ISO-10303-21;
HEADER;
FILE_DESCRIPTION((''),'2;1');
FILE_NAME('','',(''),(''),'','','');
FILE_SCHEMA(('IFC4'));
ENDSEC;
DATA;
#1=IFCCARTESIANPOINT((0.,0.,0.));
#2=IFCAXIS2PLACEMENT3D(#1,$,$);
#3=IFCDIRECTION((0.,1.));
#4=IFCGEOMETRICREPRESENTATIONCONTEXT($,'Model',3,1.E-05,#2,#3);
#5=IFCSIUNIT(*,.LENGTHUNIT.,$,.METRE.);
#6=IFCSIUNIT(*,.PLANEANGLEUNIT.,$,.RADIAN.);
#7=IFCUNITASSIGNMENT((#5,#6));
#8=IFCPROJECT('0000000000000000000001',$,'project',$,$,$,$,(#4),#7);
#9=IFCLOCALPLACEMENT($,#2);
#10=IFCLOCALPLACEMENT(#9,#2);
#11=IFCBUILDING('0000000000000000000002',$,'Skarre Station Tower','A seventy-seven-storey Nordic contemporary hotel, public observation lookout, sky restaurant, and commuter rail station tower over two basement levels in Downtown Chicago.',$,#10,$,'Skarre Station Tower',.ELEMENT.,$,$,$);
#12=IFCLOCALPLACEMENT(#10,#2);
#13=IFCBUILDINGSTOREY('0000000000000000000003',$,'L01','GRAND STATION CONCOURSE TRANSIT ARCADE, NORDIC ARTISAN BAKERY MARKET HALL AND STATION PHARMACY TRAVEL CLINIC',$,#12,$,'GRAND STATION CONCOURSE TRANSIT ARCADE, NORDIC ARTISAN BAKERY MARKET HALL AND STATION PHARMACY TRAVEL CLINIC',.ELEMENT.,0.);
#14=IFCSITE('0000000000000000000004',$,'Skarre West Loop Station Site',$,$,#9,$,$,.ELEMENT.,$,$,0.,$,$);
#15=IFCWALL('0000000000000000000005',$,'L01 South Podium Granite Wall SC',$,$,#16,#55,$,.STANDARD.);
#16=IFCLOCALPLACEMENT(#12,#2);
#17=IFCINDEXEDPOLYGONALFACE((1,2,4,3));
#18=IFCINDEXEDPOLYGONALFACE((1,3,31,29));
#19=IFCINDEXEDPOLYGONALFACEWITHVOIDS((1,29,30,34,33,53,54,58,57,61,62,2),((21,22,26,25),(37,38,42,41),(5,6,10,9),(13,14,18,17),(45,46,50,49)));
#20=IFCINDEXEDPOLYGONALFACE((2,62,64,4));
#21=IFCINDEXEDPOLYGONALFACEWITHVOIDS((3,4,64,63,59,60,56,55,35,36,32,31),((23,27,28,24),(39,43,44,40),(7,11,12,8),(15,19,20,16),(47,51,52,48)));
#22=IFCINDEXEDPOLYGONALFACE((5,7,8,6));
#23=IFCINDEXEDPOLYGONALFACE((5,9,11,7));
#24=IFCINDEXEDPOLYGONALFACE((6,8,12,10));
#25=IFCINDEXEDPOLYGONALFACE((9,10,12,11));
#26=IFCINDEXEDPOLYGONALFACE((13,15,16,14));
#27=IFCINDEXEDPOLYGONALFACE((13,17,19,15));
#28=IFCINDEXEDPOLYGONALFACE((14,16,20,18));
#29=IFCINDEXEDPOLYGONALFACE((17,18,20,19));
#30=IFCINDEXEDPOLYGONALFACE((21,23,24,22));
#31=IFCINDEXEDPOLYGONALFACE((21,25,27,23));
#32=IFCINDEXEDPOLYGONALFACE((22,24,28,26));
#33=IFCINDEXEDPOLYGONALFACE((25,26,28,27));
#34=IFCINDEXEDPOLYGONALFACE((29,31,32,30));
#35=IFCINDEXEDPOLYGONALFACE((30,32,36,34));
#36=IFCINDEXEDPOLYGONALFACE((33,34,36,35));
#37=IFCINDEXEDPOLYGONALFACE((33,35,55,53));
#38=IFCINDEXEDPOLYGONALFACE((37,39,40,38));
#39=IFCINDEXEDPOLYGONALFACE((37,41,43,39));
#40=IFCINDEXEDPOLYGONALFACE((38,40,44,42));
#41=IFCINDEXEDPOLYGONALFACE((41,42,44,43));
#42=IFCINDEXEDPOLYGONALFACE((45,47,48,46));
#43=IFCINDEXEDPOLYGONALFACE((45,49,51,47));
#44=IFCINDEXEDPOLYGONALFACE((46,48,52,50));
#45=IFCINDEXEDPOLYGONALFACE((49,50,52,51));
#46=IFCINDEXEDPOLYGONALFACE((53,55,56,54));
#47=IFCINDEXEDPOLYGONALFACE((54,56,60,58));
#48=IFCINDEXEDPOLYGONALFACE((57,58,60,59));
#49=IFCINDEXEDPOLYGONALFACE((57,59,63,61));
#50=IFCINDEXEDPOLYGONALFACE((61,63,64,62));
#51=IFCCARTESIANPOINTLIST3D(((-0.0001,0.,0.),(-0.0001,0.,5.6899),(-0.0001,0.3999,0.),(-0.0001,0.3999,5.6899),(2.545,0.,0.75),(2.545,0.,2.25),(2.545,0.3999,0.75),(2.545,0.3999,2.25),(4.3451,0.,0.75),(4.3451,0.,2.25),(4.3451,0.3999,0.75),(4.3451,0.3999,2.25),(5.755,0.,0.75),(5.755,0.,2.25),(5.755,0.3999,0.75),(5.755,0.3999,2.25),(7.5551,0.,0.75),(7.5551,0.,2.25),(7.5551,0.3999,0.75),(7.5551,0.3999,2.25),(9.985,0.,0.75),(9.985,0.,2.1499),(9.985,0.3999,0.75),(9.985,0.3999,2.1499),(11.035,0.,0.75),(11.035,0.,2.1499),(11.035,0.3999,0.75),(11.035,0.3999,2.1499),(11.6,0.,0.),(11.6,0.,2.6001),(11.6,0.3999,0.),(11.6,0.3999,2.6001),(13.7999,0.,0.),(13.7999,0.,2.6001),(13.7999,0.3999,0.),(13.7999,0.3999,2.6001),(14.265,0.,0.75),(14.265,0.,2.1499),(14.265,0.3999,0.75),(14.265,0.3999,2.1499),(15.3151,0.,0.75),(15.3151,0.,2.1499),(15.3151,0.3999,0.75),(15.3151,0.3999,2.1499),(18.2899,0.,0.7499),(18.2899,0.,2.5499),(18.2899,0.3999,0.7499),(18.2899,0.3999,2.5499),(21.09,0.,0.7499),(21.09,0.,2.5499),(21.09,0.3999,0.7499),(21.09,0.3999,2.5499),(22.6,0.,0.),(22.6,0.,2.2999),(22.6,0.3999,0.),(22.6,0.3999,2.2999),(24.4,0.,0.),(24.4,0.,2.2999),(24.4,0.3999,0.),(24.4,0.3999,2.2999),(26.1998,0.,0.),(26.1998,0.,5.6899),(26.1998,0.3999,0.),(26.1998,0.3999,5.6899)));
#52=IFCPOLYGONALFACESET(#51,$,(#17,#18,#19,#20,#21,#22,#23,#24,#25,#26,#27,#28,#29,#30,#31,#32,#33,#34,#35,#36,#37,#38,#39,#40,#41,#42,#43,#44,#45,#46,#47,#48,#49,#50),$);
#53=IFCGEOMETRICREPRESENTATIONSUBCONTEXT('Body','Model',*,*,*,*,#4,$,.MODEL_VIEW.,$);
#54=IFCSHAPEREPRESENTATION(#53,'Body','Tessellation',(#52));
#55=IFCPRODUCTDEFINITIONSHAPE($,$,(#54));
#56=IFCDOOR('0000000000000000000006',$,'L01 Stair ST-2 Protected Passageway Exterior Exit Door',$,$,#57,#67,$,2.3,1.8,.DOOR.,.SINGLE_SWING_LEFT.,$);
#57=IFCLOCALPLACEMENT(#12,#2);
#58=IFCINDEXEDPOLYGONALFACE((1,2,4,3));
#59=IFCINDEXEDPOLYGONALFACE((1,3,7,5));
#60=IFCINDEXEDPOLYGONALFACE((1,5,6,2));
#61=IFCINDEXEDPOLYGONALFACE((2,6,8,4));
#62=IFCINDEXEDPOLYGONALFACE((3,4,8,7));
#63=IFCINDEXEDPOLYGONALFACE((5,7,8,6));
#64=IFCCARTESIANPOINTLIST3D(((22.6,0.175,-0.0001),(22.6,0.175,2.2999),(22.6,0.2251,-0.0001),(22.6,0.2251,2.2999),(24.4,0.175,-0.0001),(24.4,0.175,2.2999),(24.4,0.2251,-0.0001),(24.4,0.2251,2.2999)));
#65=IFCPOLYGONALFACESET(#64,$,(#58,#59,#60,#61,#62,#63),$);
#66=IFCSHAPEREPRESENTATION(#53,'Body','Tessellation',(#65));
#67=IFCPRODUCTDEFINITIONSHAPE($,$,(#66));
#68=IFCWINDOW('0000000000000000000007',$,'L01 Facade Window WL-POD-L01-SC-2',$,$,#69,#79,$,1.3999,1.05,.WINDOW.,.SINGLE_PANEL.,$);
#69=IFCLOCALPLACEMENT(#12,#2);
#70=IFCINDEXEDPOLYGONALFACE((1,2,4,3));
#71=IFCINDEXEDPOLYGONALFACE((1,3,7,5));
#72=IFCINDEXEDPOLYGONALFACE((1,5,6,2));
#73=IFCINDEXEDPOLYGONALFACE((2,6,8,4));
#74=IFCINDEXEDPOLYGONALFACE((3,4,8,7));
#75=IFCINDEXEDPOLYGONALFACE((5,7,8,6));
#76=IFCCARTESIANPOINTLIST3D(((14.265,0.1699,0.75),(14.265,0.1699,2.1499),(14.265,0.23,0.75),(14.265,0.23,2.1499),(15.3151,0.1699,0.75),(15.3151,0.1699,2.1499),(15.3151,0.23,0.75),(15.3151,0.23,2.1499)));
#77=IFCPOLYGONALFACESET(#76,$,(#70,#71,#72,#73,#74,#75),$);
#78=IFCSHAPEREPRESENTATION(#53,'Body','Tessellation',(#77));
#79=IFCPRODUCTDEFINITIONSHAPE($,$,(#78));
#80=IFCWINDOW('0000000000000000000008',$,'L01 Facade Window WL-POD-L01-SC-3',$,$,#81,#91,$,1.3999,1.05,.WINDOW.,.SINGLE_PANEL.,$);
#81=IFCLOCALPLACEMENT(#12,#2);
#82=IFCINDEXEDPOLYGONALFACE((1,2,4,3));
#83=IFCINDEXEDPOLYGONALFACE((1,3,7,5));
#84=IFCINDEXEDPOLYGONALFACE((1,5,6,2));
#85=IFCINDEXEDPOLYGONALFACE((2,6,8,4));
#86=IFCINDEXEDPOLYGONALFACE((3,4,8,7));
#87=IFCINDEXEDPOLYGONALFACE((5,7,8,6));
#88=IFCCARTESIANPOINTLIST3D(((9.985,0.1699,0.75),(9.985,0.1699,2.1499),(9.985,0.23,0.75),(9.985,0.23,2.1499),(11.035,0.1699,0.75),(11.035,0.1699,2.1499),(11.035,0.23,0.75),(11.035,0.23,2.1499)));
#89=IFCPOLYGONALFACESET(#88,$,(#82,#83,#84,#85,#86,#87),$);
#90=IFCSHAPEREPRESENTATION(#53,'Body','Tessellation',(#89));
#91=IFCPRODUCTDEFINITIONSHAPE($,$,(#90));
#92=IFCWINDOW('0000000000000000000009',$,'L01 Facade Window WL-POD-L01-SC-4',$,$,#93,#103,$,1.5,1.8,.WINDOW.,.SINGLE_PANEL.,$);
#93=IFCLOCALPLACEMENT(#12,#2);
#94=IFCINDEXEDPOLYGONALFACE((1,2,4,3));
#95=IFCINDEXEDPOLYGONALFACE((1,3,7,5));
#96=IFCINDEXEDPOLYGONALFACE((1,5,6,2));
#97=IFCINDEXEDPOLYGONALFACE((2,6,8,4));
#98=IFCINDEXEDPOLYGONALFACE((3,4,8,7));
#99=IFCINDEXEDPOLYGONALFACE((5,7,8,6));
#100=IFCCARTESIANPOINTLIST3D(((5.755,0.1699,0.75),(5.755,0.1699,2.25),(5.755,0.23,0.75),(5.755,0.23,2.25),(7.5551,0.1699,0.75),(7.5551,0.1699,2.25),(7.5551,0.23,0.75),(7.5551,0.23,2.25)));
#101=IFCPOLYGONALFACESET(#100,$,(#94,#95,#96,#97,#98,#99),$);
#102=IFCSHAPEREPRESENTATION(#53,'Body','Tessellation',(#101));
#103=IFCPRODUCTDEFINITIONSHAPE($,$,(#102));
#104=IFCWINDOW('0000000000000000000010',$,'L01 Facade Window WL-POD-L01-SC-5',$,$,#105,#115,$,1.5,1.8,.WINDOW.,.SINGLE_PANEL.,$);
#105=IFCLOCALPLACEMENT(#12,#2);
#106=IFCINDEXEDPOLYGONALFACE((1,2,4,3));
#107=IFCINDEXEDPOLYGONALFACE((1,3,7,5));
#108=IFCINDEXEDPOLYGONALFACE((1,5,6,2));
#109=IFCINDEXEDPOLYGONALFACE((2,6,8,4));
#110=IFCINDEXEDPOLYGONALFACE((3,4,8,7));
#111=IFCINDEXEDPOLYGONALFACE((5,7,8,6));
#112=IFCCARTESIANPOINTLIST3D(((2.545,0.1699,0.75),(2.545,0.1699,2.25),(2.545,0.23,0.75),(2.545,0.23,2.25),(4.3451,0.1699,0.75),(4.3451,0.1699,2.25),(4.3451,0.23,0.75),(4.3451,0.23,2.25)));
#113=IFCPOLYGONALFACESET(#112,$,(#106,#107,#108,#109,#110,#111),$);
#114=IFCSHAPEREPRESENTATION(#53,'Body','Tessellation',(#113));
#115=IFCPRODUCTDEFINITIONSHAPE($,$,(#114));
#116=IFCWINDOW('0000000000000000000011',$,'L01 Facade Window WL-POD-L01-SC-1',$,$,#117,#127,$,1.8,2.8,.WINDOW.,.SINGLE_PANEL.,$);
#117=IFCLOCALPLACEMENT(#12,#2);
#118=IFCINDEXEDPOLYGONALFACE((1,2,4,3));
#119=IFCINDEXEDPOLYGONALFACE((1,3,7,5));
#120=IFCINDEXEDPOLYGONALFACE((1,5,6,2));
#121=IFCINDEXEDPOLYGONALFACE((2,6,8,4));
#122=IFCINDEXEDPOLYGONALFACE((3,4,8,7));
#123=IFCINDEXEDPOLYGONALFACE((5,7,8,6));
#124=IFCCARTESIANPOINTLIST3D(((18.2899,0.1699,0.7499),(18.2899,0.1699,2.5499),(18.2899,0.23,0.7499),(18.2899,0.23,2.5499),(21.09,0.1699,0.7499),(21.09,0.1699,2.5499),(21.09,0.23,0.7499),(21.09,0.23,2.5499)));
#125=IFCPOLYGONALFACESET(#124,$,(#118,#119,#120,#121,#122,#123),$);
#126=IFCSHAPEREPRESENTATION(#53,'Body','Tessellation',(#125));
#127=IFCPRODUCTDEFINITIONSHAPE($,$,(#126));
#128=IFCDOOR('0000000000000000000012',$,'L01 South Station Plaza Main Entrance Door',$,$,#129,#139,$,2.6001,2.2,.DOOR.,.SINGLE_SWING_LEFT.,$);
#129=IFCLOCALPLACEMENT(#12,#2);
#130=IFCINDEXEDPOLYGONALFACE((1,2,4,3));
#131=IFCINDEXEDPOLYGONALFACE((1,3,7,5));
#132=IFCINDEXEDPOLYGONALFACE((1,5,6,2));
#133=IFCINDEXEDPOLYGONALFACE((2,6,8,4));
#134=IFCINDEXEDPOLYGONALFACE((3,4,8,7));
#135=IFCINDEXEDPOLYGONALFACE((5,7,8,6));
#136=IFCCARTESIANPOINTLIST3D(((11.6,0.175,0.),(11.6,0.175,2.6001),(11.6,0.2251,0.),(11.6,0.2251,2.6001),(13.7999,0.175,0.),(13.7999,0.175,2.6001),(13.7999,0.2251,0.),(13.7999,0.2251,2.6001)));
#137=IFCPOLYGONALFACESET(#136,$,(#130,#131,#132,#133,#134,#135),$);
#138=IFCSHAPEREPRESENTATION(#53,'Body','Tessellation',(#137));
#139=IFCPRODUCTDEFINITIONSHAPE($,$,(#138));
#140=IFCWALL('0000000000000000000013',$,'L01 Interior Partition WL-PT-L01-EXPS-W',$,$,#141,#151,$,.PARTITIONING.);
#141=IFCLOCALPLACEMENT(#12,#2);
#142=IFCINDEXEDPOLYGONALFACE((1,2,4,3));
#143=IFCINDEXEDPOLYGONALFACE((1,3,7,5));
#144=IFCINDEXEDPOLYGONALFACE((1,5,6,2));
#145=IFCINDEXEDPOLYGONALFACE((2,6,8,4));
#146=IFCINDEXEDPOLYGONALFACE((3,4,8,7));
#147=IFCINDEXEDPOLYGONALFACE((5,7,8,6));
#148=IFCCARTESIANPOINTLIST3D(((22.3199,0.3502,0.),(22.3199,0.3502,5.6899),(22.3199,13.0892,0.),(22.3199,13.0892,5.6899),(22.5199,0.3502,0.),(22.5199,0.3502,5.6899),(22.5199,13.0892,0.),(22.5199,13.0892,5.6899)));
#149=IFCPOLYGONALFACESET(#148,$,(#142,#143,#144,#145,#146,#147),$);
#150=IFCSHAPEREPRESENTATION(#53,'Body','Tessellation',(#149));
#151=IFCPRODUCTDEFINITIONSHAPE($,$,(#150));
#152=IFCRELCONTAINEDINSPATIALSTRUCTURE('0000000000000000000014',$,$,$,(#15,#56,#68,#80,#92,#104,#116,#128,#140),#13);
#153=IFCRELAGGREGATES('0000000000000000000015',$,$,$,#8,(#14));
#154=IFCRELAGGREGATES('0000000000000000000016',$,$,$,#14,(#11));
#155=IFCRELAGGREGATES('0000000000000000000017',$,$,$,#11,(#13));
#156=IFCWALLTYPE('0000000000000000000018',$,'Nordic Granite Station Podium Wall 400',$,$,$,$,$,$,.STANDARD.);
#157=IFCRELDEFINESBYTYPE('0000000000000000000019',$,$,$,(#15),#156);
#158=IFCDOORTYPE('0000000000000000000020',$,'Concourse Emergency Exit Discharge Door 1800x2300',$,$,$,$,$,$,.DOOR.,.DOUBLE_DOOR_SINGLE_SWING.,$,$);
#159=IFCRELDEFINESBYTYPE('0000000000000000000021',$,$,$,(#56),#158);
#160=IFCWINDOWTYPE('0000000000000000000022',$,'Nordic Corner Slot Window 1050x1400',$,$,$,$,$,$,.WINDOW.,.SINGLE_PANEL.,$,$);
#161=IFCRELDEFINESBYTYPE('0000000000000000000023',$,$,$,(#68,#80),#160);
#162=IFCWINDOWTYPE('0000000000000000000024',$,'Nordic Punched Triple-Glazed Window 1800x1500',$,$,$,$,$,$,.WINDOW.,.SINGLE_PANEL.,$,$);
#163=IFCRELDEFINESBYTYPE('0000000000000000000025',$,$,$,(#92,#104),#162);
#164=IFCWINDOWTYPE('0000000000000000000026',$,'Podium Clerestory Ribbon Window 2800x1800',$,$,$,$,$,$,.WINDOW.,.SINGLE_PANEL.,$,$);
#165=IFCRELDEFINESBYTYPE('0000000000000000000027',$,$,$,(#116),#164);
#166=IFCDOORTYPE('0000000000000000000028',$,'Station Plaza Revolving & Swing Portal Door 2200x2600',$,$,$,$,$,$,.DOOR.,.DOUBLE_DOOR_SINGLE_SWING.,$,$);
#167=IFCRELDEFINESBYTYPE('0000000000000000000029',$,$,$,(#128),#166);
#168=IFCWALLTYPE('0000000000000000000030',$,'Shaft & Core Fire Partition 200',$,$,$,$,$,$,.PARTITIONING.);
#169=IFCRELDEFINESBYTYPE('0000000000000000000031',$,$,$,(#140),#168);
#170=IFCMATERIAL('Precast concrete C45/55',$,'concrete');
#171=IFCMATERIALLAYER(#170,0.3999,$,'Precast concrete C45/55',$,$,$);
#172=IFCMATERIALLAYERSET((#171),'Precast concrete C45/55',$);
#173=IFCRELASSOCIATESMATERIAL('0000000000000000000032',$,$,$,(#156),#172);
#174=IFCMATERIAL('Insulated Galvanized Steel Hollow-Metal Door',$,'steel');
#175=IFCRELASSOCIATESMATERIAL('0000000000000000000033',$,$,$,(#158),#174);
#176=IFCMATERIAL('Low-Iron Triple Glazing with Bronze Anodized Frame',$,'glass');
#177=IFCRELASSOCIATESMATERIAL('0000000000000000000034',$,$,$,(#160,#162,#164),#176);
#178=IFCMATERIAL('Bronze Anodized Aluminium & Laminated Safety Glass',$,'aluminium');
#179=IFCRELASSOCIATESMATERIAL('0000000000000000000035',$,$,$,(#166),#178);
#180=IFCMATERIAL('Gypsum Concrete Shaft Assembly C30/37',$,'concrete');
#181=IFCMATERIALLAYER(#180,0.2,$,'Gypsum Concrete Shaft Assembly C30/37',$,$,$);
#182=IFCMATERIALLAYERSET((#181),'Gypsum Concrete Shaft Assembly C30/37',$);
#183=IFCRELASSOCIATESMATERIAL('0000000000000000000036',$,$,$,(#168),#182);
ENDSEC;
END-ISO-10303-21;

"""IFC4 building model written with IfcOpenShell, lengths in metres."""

from ifc_helpers import new_model, si_unit, direction, frame, frame_2d, origin, place, context, subcontext, project, spatial, rectangle, extrude, material, layer, layer_set, type_object, element, fill, save


model = new_model("IFC4")

# Units and contexts
model_context = context("Model", 3, precision=1e-05, world=origin(), true_north=direction((0.0, 1.0)))
body_context = subcontext(model_context, "Body", "Model", "MODEL_VIEW")
ifc_project = project(units=[si_unit("LENGTHUNIT", "METRE"), si_unit("PLANEANGLEUNIT", "RADIAN")], contexts=[model_context])

# Site, building, storey
site_placement = place(None, origin())
site = spatial("IfcSite", under=ifc_project, at=site_placement, Name="Skarre West Loop Station Site", CompositionType="ELEMENT", RefElevation=0.0)
building_placement = place(site_placement, origin())
building = spatial("IfcBuilding", under=site, at=building_placement, Name="Skarre Station Tower", Description="A seventy-seven-storey Nordic contemporary hotel, public observation lookout, sky restaurant, and commuter rail station tower over two basement levels in Downtown Chicago.", LongName="Skarre Station Tower", CompositionType="ELEMENT")
storey_placement = place(building_placement, origin())
storey = spatial("IfcBuildingStorey", under=building, at=storey_placement, Name="L01", Description="GRAND STATION CONCOURSE TRANSIT ARCADE, NORDIC ARTISAN BAKERY MARKET HALL AND STATION PHARMACY TRAVEL CLINIC", LongName="GRAND STATION CONCOURSE TRANSIT ARCADE, NORDIC ARTISAN BAKERY MARKET HALL AND STATION PHARMACY TRAVEL CLINIC", CompositionType="ELEMENT", Elevation=0.0)

# Wall, openings, doors, windows
ifc_material_1 = material(Name="Precast concrete C45/55", Category="concrete")
ifc_layer_1 = layer(ifc_material_1, 0.3999, Name="Precast concrete C45/55")
ifc_layer_set_1 = layer_set([ifc_layer_1], Name="Precast concrete C45/55")
wall_type_1 = type_object("IfcWallType", Name="Nordic Granite Station Podium Wall 400", PredefinedType="STANDARD", material=ifc_layer_set_1)
wall_1_placement = place(storey_placement, frame((26.2, 0.2, 0.0), z_axis=(0.0, 0.0, 1.0), x_axis=(-1.0, 0.0, 0.0)))
wall_1 = element("IfcWall", 1, at=wall_1_placement, inside=storey, type_object=wall_type_1, Name="L01 South Podium Granite Wall SC", PredefinedType="STANDARD", context=body_context, shape_type="SweptSolid", body=[
    extrude(rectangle(XDim=26.2, YDim=0.3999, at=frame_2d((13.1001, 0.0))), origin(), (0.0, 0.0, 1.0), 5.6899),
])
opening_1_placement = place(wall_1_placement, frame((1.8, 0.0, 0.0)))
opening_1 = element("IfcOpeningElement", 2, at=opening_1_placement, cuts=wall_1, PredefinedType="OPENING", context=body_context, shape_type="SweptSolid", body=[
    extrude(rectangle(XDim=1.8, YDim=2.3, at=frame_2d((0.8999, 1.1499))), frame((0.0, 0.21, 0.0), z_axis=(0.0, -1.0, 0.0), x_axis=(1.0, 0.0, 0.0)), (0.0, 0.0, 1.0), 0.4199),
])
opening_2_placement = place(wall_1_placement, frame((12.3999, 0.0, 0.0)))
opening_2 = element("IfcOpeningElement", 3, at=opening_2_placement, cuts=wall_1, PredefinedType="OPENING", context=body_context, shape_type="SweptSolid", body=[
    extrude(rectangle(XDim=2.2, YDim=2.6001, at=frame_2d((1.1001, 1.3))), frame((0.0, 0.21, 0.0), z_axis=(0.0, -1.0, 0.0), x_axis=(1.0, 0.0, 0.0)), (0.0, 0.0, 1.0), 0.4199),
])
opening_3_placement = place(wall_1_placement, frame((5.1101, 0.0, 0.75)))
opening_3 = element("IfcOpeningElement", 4, at=opening_3_placement, cuts=wall_1, PredefinedType="OPENING", context=body_context, shape_type="SweptSolid", body=[
    extrude(rectangle(XDim=2.8, YDim=1.8, at=frame_2d((1.3999, 0.8999))), frame((0.0, 0.21, 0.0), z_axis=(0.0, -1.0, 0.0), x_axis=(1.0, 0.0, 0.0)), (0.0, 0.0, 1.0), 0.4199),
])
opening_4_placement = place(wall_1_placement, frame((10.885, 0.0, 0.75)))
opening_4 = element("IfcOpeningElement", 5, at=opening_4_placement, cuts=wall_1, PredefinedType="OPENING", context=body_context, shape_type="SweptSolid", body=[
    extrude(rectangle(XDim=1.05, YDim=1.3999, at=frame_2d((0.5249, 0.7))), frame((0.0, 0.21, 0.0), z_axis=(0.0, -1.0, 0.0), x_axis=(1.0, 0.0, 0.0)), (0.0, 0.0, 1.0), 0.4199),
])
opening_5_placement = place(wall_1_placement, frame((15.165, 0.0, 0.75)))
opening_5 = element("IfcOpeningElement", 6, at=opening_5_placement, cuts=wall_1, PredefinedType="OPENING", context=body_context, shape_type="SweptSolid", body=[
    extrude(rectangle(XDim=1.05, YDim=1.3999, at=frame_2d((0.5249, 0.7))), frame((0.0, 0.21, 0.0), z_axis=(0.0, -1.0, 0.0), x_axis=(1.0, 0.0, 0.0)), (0.0, 0.0, 1.0), 0.4199),
])
opening_6_placement = place(wall_1_placement, frame((18.645, 0.0, 0.75)))
opening_6 = element("IfcOpeningElement", 7, at=opening_6_placement, cuts=wall_1, PredefinedType="OPENING", context=body_context, shape_type="SweptSolid", body=[
    extrude(rectangle(XDim=1.8, YDim=1.5, at=frame_2d((0.8999, 0.75))), frame((0.0, 0.21, 0.0), z_axis=(0.0, -1.0, 0.0), x_axis=(1.0, 0.0, 0.0)), (0.0, 0.0, 1.0), 0.4199),
])
opening_7_placement = place(wall_1_placement, frame((21.855, 0.0, 0.75)))
opening_7 = element("IfcOpeningElement", 8, at=opening_7_placement, cuts=wall_1, PredefinedType="OPENING", context=body_context, shape_type="SweptSolid", body=[
    extrude(rectangle(XDim=1.8, YDim=1.5, at=frame_2d((0.8999, 0.75))), frame((0.0, 0.21, 0.0), z_axis=(0.0, -1.0, 0.0), x_axis=(1.0, 0.0, 0.0)), (0.0, 0.0, 1.0), 0.4199),
])
ifc_material_2 = material(Name="Insulated Galvanized Steel Hollow-Metal Door", Category="steel")
door_type_1 = type_object("IfcDoorType", Name="Concourse Emergency Exit Discharge Door 1800x2300", OperationType="DOUBLE_DOOR_SINGLE_SWING", PredefinedType="DOOR", material=ifc_material_2)
door_1_placement = place(opening_1_placement, origin())
door_1 = element("IfcDoor", 9, at=door_1_placement, inside=storey, type_object=door_type_1, Name="L01 Stair ST-2 Protected Passageway Exterior Exit Door", OperationType="SINGLE_SWING_LEFT", OverallHeight=2.3, OverallWidth=1.8, PredefinedType="DOOR", context=body_context, shape_type="SweptSolid", body=[
    extrude(rectangle(XDim=1.8, YDim=2.3, at=frame_2d((0.8999, 1.1499))), frame((0.0, 0.0249, 0.0), z_axis=(0.0, -1.0, 0.0), x_axis=(1.0, 0.0, 0.0)), (0.0, 0.0, 1.0), 0.05),
])
fill(opening_1, door_1)
ifc_material_3 = material(Name="Low-Iron Triple Glazing with Bronze Anodized Frame", Category="glass")
window_type_1 = type_object("IfcWindowType", Name="Nordic Corner Slot Window 1050x1400", PartitioningType="SINGLE_PANEL", PredefinedType="WINDOW", material=ifc_material_3)
window_1_placement = place(opening_4_placement, origin())
window_1 = element("IfcWindow", 10, at=window_1_placement, inside=storey, type_object=window_type_1, Name="L01 Facade Window WL-POD-L01-SC-2", OverallHeight=1.3999, OverallWidth=1.05, PartitioningType="SINGLE_PANEL", PredefinedType="WINDOW", context=body_context, shape_type="SweptSolid", body=[
    extrude(rectangle(XDim=1.05, YDim=1.3999, at=frame_2d((0.5249, 0.7))), frame((0.0, 0.03, 0.0), z_axis=(0.0, -1.0, 0.0), x_axis=(1.0, 0.0, 0.0)), (0.0, 0.0, 1.0), 0.0601),
])
fill(opening_4, window_1)
window_2_placement = place(opening_5_placement, origin())
window_2 = element("IfcWindow", 11, at=window_2_placement, inside=storey, type_object=window_type_1, Name="L01 Facade Window WL-POD-L01-SC-3", OverallHeight=1.3999, OverallWidth=1.05, PartitioningType="SINGLE_PANEL", PredefinedType="WINDOW", context=body_context, shape_type="SweptSolid", body=[
    extrude(rectangle(XDim=1.05, YDim=1.3999, at=frame_2d((0.5249, 0.7))), frame((0.0, 0.03, 0.0), z_axis=(0.0, -1.0, 0.0), x_axis=(1.0, 0.0, 0.0)), (0.0, 0.0, 1.0), 0.0601),
])
fill(opening_5, window_2)
window_type_2 = type_object("IfcWindowType", Name="Nordic Punched Triple-Glazed Window 1800x1500", PartitioningType="SINGLE_PANEL", PredefinedType="WINDOW", material=ifc_material_3)
window_3_placement = place(opening_6_placement, origin())
window_3 = element("IfcWindow", 12, at=window_3_placement, inside=storey, type_object=window_type_2, Name="L01 Facade Window WL-POD-L01-SC-4", OverallHeight=1.5, OverallWidth=1.8, PartitioningType="SINGLE_PANEL", PredefinedType="WINDOW", context=body_context, shape_type="SweptSolid", body=[
    extrude(rectangle(XDim=1.8, YDim=1.5, at=frame_2d((0.8999, 0.75))), frame((0.0, 0.03, 0.0), z_axis=(0.0, -1.0, 0.0), x_axis=(1.0, 0.0, 0.0)), (0.0, 0.0, 1.0), 0.0601),
])
fill(opening_6, window_3)
window_4_placement = place(opening_7_placement, origin())
window_4 = element("IfcWindow", 13, at=window_4_placement, inside=storey, type_object=window_type_2, Name="L01 Facade Window WL-POD-L01-SC-5", OverallHeight=1.5, OverallWidth=1.8, PartitioningType="SINGLE_PANEL", PredefinedType="WINDOW", context=body_context, shape_type="SweptSolid", body=[
    extrude(rectangle(XDim=1.8, YDim=1.5, at=frame_2d((0.8999, 0.75))), frame((0.0, 0.03, 0.0), z_axis=(0.0, -1.0, 0.0), x_axis=(1.0, 0.0, 0.0)), (0.0, 0.0, 1.0), 0.0601),
])
fill(opening_7, window_4)
window_type_3 = type_object("IfcWindowType", Name="Podium Clerestory Ribbon Window 2800x1800", PartitioningType="SINGLE_PANEL", PredefinedType="WINDOW", material=ifc_material_3)
window_5_placement = place(opening_3_placement, origin())
window_5 = element("IfcWindow", 14, at=window_5_placement, inside=storey, type_object=window_type_3, Name="L01 Facade Window WL-POD-L01-SC-1", OverallHeight=1.8, OverallWidth=2.8, PartitioningType="SINGLE_PANEL", PredefinedType="WINDOW", context=body_context, shape_type="SweptSolid", body=[
    extrude(rectangle(XDim=2.8, YDim=1.8, at=frame_2d((1.3999, 0.8999))), frame((0.0, 0.03, 0.0), z_axis=(0.0, -1.0, 0.0), x_axis=(1.0, 0.0, 0.0)), (0.0, 0.0, 1.0), 0.0601),
])
fill(opening_3, window_5)
ifc_material_4 = material(Name="Bronze Anodized Aluminium & Laminated Safety Glass", Category="aluminium")
door_type_2 = type_object("IfcDoorType", Name="Station Plaza Revolving & Swing Portal Door 2200x2600", OperationType="DOUBLE_DOOR_SINGLE_SWING", PredefinedType="DOOR", material=ifc_material_4)
door_2_placement = place(opening_2_placement, origin())
door_2 = element("IfcDoor", 15, at=door_2_placement, inside=storey, type_object=door_type_2, Name="L01 South Station Plaza Main Entrance Door", OperationType="SINGLE_SWING_LEFT", OverallHeight=2.6001, OverallWidth=2.2, PredefinedType="DOOR", context=body_context, shape_type="SweptSolid", body=[
    extrude(rectangle(XDim=2.2, YDim=2.6001, at=frame_2d((1.1001, 1.3))), frame((0.0, 0.0249, 0.0), z_axis=(0.0, -1.0, 0.0), x_axis=(1.0, 0.0, 0.0)), (0.0, 0.0, 1.0), 0.05),
])
fill(opening_2, door_2)

# Wall
ifc_material_5 = material(Name="Gypsum Concrete Shaft Assembly C30/37", Category="concrete")
ifc_layer_2 = layer(ifc_material_5, 0.2, Name="Gypsum Concrete Shaft Assembly C30/37")
ifc_layer_set_2 = layer_set([ifc_layer_2], Name="Gypsum Concrete Shaft Assembly C30/37")
wall_type_2 = type_object("IfcWallType", Name="Shaft & Core Fire Partition 200", PredefinedType="PARTITIONING", material=ifc_layer_set_2)
wall_2_placement = place(storey_placement, frame((22.4199, 0.3501, 0.0), z_axis=(0.0, 0.0, 1.0), x_axis=(0.0, 1.0, 0.0)))
element("IfcWall", 16, at=wall_2_placement, inside=storey, type_object=wall_type_2, Name="L01 Interior Partition WL-PT-L01-EXPS-W", PredefinedType="PARTITIONING", context=body_context, shape_type="SweptSolid", body=[
    extrude(rectangle(XDim=12.739, YDim=0.2, at=frame_2d((6.3696, 0.0))), origin(), (0.0, 0.0, 1.0), 5.6899),
])

save(model, "model.ifc")
